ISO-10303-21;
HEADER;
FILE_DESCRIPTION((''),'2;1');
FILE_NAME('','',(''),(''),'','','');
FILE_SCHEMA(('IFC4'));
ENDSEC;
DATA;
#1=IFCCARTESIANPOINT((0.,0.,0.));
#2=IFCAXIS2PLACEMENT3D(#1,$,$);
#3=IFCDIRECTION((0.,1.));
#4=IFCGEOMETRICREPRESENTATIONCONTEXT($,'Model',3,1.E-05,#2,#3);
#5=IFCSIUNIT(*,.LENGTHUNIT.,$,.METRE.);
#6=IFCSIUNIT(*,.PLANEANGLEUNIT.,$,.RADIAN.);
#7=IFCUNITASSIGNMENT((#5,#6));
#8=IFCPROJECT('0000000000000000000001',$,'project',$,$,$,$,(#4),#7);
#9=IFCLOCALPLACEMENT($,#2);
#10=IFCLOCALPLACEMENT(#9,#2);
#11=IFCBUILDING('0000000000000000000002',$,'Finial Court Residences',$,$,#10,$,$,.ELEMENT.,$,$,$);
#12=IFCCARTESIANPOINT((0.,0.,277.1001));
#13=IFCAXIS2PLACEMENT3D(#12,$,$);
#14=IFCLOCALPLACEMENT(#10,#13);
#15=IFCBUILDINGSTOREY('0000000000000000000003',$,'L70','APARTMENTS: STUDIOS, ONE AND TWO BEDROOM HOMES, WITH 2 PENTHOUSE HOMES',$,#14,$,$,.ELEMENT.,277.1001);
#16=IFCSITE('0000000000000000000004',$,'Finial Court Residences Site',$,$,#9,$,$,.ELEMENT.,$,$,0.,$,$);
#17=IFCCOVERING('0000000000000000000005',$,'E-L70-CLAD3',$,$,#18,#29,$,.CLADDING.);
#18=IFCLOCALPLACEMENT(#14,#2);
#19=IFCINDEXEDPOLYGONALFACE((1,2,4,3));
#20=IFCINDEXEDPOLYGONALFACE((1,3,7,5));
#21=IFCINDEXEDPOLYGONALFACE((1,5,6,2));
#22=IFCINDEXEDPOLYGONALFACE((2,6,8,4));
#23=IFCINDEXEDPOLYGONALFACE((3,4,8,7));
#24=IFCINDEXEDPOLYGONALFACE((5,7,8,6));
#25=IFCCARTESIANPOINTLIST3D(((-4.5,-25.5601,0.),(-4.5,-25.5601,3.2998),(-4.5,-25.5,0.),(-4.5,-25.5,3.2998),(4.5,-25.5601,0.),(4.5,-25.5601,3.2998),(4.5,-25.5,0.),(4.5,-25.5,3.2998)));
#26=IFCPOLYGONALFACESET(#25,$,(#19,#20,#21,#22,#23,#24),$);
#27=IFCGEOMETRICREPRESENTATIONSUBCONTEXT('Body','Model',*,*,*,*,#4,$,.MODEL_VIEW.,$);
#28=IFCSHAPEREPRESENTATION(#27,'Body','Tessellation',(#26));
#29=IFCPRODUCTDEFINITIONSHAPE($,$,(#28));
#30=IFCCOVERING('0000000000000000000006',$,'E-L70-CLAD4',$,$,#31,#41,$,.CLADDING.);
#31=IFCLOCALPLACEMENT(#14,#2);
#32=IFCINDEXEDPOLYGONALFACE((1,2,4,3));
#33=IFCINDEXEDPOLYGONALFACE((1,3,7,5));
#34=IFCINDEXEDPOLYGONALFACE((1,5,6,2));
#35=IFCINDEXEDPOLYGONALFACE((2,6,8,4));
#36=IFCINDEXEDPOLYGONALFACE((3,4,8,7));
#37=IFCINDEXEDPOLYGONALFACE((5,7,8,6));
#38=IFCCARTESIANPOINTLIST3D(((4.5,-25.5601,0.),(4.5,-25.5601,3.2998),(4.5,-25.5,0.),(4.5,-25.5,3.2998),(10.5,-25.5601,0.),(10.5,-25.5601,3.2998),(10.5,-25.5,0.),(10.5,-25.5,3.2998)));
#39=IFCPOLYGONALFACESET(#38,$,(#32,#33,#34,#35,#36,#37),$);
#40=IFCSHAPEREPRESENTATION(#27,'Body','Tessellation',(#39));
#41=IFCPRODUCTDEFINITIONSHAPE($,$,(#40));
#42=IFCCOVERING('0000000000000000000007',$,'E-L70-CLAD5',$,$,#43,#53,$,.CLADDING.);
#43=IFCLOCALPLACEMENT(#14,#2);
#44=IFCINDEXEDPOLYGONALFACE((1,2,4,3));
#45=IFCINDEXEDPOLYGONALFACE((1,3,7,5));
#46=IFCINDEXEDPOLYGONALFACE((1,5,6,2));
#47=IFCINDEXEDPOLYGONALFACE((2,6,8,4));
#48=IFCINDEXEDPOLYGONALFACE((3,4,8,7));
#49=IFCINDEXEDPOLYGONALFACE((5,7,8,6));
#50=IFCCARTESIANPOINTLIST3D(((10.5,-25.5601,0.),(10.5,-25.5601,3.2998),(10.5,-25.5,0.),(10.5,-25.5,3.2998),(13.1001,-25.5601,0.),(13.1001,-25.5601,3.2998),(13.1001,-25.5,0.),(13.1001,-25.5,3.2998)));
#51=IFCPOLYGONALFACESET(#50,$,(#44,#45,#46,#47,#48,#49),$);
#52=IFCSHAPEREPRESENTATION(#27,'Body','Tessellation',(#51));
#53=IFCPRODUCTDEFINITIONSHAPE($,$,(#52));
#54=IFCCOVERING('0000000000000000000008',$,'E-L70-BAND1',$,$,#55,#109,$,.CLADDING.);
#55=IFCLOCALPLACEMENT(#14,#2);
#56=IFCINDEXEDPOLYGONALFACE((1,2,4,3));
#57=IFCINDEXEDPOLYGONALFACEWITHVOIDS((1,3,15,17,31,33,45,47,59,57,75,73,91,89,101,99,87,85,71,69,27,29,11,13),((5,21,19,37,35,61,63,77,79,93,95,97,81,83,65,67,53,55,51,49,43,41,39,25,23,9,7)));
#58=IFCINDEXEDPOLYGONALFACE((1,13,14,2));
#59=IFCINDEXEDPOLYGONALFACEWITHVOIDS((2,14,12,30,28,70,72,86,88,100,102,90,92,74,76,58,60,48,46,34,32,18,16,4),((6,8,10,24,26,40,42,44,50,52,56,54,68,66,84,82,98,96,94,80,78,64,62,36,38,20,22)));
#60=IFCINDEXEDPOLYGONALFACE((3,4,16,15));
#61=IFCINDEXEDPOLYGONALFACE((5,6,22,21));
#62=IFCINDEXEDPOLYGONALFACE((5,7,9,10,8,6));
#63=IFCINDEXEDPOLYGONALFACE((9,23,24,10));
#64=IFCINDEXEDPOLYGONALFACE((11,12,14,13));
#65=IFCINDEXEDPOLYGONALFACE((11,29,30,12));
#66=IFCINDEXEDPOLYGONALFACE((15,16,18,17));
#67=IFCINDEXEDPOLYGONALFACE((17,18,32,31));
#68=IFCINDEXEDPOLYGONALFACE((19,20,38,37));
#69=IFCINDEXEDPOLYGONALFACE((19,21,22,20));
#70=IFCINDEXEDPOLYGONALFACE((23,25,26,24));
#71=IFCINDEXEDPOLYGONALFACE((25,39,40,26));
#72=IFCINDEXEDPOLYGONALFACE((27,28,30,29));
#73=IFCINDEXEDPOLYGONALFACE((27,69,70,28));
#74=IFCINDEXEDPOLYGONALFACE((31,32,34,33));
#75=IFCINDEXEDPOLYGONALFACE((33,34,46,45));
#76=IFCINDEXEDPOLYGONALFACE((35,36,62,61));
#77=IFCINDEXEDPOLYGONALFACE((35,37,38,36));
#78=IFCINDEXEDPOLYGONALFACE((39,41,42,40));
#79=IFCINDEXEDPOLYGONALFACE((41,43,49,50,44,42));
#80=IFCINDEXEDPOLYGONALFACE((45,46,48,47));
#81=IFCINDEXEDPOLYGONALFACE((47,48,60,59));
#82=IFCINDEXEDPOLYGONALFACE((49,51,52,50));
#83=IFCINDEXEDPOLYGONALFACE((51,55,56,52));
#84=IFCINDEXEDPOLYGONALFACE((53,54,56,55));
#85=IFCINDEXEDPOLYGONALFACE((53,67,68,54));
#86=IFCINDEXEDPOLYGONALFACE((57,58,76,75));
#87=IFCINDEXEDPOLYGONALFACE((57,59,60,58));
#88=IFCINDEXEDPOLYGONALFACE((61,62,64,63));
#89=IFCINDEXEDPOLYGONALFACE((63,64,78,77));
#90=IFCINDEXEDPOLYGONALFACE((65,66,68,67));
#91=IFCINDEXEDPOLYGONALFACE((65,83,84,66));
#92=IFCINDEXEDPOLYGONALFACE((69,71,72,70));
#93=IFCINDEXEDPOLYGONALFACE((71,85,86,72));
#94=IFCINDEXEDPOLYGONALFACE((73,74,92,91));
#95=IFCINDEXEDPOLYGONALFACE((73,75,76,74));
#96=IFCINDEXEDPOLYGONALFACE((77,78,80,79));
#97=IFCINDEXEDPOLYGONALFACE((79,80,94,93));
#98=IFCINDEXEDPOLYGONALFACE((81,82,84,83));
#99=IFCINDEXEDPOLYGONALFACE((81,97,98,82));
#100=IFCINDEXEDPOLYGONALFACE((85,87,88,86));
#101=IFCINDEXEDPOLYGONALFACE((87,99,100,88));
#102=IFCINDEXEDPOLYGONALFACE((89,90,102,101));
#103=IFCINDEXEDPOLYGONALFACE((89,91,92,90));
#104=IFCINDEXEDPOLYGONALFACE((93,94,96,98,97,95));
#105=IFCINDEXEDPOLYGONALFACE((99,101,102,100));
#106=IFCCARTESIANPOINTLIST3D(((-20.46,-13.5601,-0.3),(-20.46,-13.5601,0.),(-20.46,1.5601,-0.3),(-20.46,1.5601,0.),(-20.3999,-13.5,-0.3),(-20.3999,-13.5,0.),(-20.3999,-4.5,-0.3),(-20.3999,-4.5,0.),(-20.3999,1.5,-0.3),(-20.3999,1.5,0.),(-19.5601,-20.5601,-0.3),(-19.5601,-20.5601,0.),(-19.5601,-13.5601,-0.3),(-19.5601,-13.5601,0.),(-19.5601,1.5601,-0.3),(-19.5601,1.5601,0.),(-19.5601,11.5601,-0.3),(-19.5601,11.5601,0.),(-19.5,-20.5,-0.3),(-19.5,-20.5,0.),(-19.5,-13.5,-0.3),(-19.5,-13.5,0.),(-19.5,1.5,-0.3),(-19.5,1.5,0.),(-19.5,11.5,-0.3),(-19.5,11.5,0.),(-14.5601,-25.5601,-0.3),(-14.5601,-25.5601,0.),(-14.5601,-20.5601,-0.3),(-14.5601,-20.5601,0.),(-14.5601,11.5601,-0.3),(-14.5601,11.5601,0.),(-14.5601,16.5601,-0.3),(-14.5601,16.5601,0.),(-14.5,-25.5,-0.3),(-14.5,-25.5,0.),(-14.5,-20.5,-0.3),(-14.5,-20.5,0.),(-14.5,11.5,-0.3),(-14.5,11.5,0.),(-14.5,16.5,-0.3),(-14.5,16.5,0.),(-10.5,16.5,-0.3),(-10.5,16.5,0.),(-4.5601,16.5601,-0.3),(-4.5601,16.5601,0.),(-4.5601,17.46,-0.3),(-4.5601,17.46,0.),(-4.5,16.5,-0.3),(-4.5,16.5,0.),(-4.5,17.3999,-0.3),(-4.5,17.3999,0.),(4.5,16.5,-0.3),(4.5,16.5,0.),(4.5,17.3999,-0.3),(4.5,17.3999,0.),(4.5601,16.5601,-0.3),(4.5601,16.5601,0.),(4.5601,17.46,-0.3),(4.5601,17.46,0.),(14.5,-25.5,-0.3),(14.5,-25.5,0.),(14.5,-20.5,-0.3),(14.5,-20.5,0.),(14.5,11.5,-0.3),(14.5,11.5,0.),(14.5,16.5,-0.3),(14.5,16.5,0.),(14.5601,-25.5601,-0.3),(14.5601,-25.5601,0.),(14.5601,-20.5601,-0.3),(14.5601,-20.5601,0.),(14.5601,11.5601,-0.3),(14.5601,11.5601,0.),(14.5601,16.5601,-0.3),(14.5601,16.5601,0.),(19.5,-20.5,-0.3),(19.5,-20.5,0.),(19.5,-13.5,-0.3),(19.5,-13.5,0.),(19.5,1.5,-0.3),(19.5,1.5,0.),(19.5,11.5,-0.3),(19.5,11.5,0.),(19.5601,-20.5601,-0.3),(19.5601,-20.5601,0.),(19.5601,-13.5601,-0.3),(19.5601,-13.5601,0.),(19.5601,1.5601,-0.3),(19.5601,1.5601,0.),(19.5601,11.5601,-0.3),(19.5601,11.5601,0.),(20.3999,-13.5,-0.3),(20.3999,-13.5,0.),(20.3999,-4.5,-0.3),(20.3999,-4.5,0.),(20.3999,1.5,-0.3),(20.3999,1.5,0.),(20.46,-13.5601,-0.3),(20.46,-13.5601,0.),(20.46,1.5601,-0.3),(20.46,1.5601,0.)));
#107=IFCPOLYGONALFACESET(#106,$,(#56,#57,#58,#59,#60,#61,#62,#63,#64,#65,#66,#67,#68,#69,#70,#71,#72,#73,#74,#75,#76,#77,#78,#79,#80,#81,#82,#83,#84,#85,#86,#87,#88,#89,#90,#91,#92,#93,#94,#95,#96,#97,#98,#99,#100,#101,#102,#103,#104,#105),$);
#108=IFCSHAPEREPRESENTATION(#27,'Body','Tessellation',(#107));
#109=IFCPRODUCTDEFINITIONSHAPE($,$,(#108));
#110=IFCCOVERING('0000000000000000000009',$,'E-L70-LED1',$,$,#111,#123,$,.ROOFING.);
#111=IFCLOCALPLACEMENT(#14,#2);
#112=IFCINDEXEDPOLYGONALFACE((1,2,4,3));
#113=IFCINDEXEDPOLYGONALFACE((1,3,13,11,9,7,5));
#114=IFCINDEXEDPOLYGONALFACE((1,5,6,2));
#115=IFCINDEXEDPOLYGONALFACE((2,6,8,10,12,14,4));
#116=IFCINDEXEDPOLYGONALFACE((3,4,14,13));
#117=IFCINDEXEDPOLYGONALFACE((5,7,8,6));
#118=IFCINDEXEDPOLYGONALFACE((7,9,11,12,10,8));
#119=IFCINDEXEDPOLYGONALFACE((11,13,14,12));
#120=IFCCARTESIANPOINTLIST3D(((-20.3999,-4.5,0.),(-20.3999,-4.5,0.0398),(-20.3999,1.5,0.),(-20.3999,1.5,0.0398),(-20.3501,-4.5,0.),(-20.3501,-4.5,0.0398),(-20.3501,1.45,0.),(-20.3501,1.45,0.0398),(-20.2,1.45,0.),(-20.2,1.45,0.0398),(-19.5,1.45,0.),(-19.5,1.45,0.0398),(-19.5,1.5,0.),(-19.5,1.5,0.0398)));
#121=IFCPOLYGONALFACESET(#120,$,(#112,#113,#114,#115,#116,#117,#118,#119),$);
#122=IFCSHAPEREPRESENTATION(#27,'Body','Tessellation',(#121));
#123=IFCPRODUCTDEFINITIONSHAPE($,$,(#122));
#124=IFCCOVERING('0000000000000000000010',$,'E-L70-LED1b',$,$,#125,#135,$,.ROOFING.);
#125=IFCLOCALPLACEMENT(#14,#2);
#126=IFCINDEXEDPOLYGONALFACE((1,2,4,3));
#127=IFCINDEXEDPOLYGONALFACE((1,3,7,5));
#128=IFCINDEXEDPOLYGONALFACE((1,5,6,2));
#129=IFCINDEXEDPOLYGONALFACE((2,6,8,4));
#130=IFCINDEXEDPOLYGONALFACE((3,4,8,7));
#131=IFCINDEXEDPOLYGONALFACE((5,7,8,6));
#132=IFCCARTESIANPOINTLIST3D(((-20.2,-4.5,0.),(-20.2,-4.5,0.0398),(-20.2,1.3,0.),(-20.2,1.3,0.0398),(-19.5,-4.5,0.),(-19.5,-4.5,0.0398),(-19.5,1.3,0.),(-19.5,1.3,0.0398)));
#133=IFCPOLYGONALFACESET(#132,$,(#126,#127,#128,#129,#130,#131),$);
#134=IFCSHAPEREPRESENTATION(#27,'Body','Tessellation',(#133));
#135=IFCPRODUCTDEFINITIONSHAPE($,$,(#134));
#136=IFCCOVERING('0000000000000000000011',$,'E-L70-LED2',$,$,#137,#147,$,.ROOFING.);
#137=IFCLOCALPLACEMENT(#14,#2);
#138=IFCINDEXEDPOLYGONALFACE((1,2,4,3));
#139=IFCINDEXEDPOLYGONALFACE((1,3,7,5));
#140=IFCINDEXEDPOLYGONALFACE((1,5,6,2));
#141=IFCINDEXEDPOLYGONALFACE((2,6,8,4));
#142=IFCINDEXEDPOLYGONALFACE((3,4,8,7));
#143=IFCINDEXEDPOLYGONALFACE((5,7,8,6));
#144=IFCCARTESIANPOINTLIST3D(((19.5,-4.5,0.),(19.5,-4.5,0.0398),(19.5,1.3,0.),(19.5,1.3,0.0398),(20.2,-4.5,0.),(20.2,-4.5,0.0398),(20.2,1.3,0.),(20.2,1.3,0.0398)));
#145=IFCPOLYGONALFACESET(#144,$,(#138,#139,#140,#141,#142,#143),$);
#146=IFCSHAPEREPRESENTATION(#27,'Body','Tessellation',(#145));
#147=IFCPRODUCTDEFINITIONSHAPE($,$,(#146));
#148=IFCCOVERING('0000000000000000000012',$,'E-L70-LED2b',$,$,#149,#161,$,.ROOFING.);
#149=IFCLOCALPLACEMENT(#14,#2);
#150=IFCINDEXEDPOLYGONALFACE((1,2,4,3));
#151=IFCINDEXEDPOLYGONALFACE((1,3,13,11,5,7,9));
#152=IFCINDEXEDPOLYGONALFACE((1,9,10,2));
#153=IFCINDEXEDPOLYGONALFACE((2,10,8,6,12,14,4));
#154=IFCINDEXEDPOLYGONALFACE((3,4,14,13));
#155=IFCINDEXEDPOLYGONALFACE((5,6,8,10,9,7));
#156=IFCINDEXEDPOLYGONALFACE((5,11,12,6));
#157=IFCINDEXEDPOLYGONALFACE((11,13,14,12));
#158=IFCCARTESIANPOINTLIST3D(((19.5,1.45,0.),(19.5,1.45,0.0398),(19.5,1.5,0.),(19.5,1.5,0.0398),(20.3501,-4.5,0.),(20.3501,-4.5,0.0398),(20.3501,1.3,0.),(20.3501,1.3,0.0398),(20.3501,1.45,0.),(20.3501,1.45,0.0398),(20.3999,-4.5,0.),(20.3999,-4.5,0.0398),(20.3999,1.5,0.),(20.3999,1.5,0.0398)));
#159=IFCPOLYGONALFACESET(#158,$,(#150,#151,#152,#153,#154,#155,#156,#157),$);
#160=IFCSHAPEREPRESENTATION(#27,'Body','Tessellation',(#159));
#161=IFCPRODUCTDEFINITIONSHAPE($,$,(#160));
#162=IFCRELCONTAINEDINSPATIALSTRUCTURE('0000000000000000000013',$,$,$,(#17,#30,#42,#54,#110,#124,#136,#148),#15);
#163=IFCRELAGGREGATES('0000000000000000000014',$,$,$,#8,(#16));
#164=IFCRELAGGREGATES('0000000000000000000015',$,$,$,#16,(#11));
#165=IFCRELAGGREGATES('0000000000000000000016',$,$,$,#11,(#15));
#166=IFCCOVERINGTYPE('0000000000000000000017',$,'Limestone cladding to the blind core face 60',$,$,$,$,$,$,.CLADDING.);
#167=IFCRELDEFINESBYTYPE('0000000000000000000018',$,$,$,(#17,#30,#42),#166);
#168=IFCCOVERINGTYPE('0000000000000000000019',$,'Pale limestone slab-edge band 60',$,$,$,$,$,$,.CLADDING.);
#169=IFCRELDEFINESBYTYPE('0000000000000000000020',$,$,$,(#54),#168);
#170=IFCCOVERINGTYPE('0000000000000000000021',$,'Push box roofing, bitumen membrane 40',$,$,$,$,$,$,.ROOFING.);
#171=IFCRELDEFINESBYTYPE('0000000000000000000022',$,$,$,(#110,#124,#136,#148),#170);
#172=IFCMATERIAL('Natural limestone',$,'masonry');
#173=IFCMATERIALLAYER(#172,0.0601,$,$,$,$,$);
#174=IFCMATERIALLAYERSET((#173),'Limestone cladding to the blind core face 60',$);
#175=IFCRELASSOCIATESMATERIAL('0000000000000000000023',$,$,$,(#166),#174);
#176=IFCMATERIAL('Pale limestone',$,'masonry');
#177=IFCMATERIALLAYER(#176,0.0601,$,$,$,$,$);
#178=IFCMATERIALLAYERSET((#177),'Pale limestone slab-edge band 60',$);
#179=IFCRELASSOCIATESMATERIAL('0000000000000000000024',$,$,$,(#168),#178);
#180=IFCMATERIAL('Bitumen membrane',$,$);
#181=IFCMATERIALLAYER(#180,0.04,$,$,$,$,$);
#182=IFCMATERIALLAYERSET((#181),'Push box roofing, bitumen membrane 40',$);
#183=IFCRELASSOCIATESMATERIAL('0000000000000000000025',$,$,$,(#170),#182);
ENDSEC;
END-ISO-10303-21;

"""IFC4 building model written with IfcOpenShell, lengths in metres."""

from ifc_helpers import new_model, si_unit, direction, frame, origin, place, context, subcontext, project, spatial, polyline, outline, extrude, material, layer, layer_set, type_object, element, save


model = new_model("IFC4")

# Units and contexts
model_context = context("Model", 3, precision=1e-05, world=origin(), true_north=direction((0.0, 1.0)))
body_context = subcontext(model_context, "Body", "Model", "MODEL_VIEW")
ifc_project = project(units=[si_unit("LENGTHUNIT", "METRE"), si_unit("PLANEANGLEUNIT", "RADIAN")], contexts=[model_context])

# Site, building, storey
site_placement = place(None, origin())
site = spatial("IfcSite", under=ifc_project, at=site_placement, Name="Finial Court Residences Site", CompositionType="ELEMENT", RefElevation=0.0)
building_placement = place(site_placement, origin())
building = spatial("IfcBuilding", under=site, at=building_placement, Name="Finial Court Residences", CompositionType="ELEMENT")
storey_placement = place(building_placement, frame((0.0, 0.0, 277.1001)))
storey = spatial("IfcBuildingStorey", under=building, at=storey_placement, Name="L70", Description="APARTMENTS: STUDIOS, ONE AND TWO BEDROOM HOMES, WITH 2 PENTHOUSE HOMES", CompositionType="ELEMENT", Elevation=277.1001)

# Coverings
ifc_material_1 = material(Name="Natural limestone", Category="masonry")
ifc_layer_1 = layer(ifc_material_1, 0.0601)
ifc_layer_set_1 = layer_set([ifc_layer_1], Name="Limestone cladding to the blind core face 60")
covering_type_1 = type_object("IfcCoveringType", Name="Limestone cladding to the blind core face 60", PredefinedType="CLADDING", material=ifc_layer_set_1)
covering_1_placement = place(storey_placement, origin())
element("IfcCovering", 1, at=covering_1_placement, inside=storey, type_object=covering_type_1, Name="E-L70-CLAD3", PredefinedType="CLADDING", context=body_context, shape_type="SweptSolid", body=[
    extrude(outline(polyline([(4.5, -25.5601), (4.5, -25.5), (-4.5, -25.5), (-4.5, -25.5601), (4.5, -25.5601)])), origin(), (0.0, 0.0, 1.0), 3.2998),
])
covering_2_placement = place(storey_placement, origin())
element("IfcCovering", 2, at=covering_2_placement, inside=storey, type_object=covering_type_1, Name="E-L70-CLAD4", PredefinedType="CLADDING", context=body_context, shape_type="SweptSolid", body=[
    extrude(outline(polyline([(10.5, -25.5601), (10.5, -25.5), (4.5, -25.5), (4.5, -25.5601), (10.5, -25.5601)])), origin(), (0.0, 0.0, 1.0), 3.2998),
])
covering_3_placement = place(storey_placement, origin())
element("IfcCovering", 3, at=covering_3_placement, inside=storey, type_object=covering_type_1, Name="E-L70-CLAD5", PredefinedType="CLADDING", context=body_context, shape_type="SweptSolid", body=[
    extrude(outline(polyline([(13.1001, -25.5601), (13.1001, -25.5), (10.5, -25.5), (10.5, -25.5601), (13.1001, -25.5601)])), origin(), (0.0, 0.0, 1.0), 3.2998),
])
ifc_material_2 = material(Name="Pale limestone", Category="masonry")
ifc_layer_2 = layer(ifc_material_2, 0.0601)
ifc_layer_set_2 = layer_set([ifc_layer_2], Name="Pale limestone slab-edge band 60")
covering_type_2 = type_object("IfcCoveringType", Name="Pale limestone slab-edge band 60", PredefinedType="CLADDING", material=ifc_layer_set_2)
covering_4_placement = place(storey_placement, frame((0.0, 0.0, -0.3)))
element("IfcCovering", 4, at=covering_4_placement, inside=storey, type_object=covering_type_2, Name="E-L70-BAND1", PredefinedType="CLADDING", context=body_context, shape_type="SweptSolid", body=[
    extrude(outline(polyline([(-14.5601, 16.5601), (-4.5601, 16.5601), (-4.5601, 17.46), (4.5601, 17.46), (4.5601, 16.5601), (14.5601, 16.5601), (14.5601, 11.5601), (19.5601, 11.5601), (19.5601, 1.5601), (20.46, 1.5601), (20.46, -13.5601), (19.5601, -13.5601), (19.5601, -20.5601), (14.5601, -20.5601), (14.5601, -25.5601), (-14.5601, -25.5601), (-14.5601, -20.5601), (-19.5601, -20.5601), (-19.5601, -13.5601), (-20.46, -13.5601), (-20.46, 1.5601), (-19.5601, 1.5601), (-19.5601, 11.5601), (-14.5601, 11.5601), (-14.5601, 16.5601)]), holes=[polyline([(-19.5, 11.5), (-19.5, 1.5), (-20.3999, 1.5), (-20.3999, -4.5), (-20.3999, -13.5), (-19.5, -13.5), (-19.5, -20.5), (-14.5, -20.5), (-14.5, -25.5), (14.5, -25.5), (14.5, -20.5), (19.5, -20.5), (19.5, -13.5), (20.3999, -13.5), (20.3999, -4.5), (20.3999, 1.5), (19.5, 1.5), (19.5, 11.5), (14.5, 11.5), (14.5, 16.5), (4.5, 16.5), (4.5, 17.3999), (-4.5, 17.3999), (-4.5, 16.5), (-10.5, 16.5), (-14.5, 16.5), (-14.5, 11.5), (-19.5, 11.5)])]), origin(), (0.0, 0.0, 1.0), 0.3),
])
ifc_material_3 = material(Name="Bitumen membrane")
ifc_layer_3 = layer(ifc_material_3, 0.04)
ifc_layer_set_3 = layer_set([ifc_layer_3], Name="Push box roofing, bitumen membrane 40")
covering_type_3 = type_object("IfcCoveringType", Name="Push box roofing, bitumen membrane 40", PredefinedType="ROOFING", material=ifc_layer_set_3)
covering_5_placement = place(storey_placement, origin())
element("IfcCovering", 5, at=covering_5_placement, inside=storey, type_object=covering_type_3, Name="E-L70-LED1", PredefinedType="ROOFING", context=body_context, shape_type="SweptSolid", body=[
    extrude(outline(polyline([(-19.5, 1.45), (-20.2, 1.45), (-20.3501, 1.45), (-20.3501, -4.5), (-20.3999, -4.5), (-20.3999, 1.5), (-19.5, 1.5), (-19.5, 1.45)])), origin(), (0.0, 0.0, 1.0), 0.0398),
])
covering_6_placement = place(storey_placement, origin())
element("IfcCovering", 6, at=covering_6_placement, inside=storey, type_object=covering_type_3, Name="E-L70-LED1b", PredefinedType="ROOFING", context=body_context, shape_type="SweptSolid", body=[
    extrude(outline(polyline([(-19.5, -4.5), (-20.2, -4.5), (-20.2, 1.3), (-19.5, 1.3), (-19.5, -4.5)])), origin(), (0.0, 0.0, 1.0), 0.0398),
])
covering_7_placement = place(storey_placement, origin())
element("IfcCovering", 7, at=covering_7_placement, inside=storey, type_object=covering_type_3, Name="E-L70-LED2", PredefinedType="ROOFING", context=body_context, shape_type="SweptSolid", body=[
    extrude(outline(polyline([(19.5, 1.3), (20.2, 1.3), (20.2, -4.5), (19.5, -4.5), (19.5, 1.3)])), origin(), (0.0, 0.0, 1.0), 0.0398),
])
covering_8_placement = place(storey_placement, origin())
element("IfcCovering", 8, at=covering_8_placement, inside=storey, type_object=covering_type_3, Name="E-L70-LED2b", PredefinedType="ROOFING", context=body_context, shape_type="SweptSolid", body=[
    extrude(outline(polyline([(19.5, 1.5), (20.3999, 1.5), (20.3999, -4.5), (20.3501, -4.5), (20.3501, 1.3), (20.3501, 1.3), (20.3501, 1.45), (19.5, 1.45), (19.5, 1.5)])), origin(), (0.0, 0.0, 1.0), 0.0398),
])

save(model, "model.ifc")
